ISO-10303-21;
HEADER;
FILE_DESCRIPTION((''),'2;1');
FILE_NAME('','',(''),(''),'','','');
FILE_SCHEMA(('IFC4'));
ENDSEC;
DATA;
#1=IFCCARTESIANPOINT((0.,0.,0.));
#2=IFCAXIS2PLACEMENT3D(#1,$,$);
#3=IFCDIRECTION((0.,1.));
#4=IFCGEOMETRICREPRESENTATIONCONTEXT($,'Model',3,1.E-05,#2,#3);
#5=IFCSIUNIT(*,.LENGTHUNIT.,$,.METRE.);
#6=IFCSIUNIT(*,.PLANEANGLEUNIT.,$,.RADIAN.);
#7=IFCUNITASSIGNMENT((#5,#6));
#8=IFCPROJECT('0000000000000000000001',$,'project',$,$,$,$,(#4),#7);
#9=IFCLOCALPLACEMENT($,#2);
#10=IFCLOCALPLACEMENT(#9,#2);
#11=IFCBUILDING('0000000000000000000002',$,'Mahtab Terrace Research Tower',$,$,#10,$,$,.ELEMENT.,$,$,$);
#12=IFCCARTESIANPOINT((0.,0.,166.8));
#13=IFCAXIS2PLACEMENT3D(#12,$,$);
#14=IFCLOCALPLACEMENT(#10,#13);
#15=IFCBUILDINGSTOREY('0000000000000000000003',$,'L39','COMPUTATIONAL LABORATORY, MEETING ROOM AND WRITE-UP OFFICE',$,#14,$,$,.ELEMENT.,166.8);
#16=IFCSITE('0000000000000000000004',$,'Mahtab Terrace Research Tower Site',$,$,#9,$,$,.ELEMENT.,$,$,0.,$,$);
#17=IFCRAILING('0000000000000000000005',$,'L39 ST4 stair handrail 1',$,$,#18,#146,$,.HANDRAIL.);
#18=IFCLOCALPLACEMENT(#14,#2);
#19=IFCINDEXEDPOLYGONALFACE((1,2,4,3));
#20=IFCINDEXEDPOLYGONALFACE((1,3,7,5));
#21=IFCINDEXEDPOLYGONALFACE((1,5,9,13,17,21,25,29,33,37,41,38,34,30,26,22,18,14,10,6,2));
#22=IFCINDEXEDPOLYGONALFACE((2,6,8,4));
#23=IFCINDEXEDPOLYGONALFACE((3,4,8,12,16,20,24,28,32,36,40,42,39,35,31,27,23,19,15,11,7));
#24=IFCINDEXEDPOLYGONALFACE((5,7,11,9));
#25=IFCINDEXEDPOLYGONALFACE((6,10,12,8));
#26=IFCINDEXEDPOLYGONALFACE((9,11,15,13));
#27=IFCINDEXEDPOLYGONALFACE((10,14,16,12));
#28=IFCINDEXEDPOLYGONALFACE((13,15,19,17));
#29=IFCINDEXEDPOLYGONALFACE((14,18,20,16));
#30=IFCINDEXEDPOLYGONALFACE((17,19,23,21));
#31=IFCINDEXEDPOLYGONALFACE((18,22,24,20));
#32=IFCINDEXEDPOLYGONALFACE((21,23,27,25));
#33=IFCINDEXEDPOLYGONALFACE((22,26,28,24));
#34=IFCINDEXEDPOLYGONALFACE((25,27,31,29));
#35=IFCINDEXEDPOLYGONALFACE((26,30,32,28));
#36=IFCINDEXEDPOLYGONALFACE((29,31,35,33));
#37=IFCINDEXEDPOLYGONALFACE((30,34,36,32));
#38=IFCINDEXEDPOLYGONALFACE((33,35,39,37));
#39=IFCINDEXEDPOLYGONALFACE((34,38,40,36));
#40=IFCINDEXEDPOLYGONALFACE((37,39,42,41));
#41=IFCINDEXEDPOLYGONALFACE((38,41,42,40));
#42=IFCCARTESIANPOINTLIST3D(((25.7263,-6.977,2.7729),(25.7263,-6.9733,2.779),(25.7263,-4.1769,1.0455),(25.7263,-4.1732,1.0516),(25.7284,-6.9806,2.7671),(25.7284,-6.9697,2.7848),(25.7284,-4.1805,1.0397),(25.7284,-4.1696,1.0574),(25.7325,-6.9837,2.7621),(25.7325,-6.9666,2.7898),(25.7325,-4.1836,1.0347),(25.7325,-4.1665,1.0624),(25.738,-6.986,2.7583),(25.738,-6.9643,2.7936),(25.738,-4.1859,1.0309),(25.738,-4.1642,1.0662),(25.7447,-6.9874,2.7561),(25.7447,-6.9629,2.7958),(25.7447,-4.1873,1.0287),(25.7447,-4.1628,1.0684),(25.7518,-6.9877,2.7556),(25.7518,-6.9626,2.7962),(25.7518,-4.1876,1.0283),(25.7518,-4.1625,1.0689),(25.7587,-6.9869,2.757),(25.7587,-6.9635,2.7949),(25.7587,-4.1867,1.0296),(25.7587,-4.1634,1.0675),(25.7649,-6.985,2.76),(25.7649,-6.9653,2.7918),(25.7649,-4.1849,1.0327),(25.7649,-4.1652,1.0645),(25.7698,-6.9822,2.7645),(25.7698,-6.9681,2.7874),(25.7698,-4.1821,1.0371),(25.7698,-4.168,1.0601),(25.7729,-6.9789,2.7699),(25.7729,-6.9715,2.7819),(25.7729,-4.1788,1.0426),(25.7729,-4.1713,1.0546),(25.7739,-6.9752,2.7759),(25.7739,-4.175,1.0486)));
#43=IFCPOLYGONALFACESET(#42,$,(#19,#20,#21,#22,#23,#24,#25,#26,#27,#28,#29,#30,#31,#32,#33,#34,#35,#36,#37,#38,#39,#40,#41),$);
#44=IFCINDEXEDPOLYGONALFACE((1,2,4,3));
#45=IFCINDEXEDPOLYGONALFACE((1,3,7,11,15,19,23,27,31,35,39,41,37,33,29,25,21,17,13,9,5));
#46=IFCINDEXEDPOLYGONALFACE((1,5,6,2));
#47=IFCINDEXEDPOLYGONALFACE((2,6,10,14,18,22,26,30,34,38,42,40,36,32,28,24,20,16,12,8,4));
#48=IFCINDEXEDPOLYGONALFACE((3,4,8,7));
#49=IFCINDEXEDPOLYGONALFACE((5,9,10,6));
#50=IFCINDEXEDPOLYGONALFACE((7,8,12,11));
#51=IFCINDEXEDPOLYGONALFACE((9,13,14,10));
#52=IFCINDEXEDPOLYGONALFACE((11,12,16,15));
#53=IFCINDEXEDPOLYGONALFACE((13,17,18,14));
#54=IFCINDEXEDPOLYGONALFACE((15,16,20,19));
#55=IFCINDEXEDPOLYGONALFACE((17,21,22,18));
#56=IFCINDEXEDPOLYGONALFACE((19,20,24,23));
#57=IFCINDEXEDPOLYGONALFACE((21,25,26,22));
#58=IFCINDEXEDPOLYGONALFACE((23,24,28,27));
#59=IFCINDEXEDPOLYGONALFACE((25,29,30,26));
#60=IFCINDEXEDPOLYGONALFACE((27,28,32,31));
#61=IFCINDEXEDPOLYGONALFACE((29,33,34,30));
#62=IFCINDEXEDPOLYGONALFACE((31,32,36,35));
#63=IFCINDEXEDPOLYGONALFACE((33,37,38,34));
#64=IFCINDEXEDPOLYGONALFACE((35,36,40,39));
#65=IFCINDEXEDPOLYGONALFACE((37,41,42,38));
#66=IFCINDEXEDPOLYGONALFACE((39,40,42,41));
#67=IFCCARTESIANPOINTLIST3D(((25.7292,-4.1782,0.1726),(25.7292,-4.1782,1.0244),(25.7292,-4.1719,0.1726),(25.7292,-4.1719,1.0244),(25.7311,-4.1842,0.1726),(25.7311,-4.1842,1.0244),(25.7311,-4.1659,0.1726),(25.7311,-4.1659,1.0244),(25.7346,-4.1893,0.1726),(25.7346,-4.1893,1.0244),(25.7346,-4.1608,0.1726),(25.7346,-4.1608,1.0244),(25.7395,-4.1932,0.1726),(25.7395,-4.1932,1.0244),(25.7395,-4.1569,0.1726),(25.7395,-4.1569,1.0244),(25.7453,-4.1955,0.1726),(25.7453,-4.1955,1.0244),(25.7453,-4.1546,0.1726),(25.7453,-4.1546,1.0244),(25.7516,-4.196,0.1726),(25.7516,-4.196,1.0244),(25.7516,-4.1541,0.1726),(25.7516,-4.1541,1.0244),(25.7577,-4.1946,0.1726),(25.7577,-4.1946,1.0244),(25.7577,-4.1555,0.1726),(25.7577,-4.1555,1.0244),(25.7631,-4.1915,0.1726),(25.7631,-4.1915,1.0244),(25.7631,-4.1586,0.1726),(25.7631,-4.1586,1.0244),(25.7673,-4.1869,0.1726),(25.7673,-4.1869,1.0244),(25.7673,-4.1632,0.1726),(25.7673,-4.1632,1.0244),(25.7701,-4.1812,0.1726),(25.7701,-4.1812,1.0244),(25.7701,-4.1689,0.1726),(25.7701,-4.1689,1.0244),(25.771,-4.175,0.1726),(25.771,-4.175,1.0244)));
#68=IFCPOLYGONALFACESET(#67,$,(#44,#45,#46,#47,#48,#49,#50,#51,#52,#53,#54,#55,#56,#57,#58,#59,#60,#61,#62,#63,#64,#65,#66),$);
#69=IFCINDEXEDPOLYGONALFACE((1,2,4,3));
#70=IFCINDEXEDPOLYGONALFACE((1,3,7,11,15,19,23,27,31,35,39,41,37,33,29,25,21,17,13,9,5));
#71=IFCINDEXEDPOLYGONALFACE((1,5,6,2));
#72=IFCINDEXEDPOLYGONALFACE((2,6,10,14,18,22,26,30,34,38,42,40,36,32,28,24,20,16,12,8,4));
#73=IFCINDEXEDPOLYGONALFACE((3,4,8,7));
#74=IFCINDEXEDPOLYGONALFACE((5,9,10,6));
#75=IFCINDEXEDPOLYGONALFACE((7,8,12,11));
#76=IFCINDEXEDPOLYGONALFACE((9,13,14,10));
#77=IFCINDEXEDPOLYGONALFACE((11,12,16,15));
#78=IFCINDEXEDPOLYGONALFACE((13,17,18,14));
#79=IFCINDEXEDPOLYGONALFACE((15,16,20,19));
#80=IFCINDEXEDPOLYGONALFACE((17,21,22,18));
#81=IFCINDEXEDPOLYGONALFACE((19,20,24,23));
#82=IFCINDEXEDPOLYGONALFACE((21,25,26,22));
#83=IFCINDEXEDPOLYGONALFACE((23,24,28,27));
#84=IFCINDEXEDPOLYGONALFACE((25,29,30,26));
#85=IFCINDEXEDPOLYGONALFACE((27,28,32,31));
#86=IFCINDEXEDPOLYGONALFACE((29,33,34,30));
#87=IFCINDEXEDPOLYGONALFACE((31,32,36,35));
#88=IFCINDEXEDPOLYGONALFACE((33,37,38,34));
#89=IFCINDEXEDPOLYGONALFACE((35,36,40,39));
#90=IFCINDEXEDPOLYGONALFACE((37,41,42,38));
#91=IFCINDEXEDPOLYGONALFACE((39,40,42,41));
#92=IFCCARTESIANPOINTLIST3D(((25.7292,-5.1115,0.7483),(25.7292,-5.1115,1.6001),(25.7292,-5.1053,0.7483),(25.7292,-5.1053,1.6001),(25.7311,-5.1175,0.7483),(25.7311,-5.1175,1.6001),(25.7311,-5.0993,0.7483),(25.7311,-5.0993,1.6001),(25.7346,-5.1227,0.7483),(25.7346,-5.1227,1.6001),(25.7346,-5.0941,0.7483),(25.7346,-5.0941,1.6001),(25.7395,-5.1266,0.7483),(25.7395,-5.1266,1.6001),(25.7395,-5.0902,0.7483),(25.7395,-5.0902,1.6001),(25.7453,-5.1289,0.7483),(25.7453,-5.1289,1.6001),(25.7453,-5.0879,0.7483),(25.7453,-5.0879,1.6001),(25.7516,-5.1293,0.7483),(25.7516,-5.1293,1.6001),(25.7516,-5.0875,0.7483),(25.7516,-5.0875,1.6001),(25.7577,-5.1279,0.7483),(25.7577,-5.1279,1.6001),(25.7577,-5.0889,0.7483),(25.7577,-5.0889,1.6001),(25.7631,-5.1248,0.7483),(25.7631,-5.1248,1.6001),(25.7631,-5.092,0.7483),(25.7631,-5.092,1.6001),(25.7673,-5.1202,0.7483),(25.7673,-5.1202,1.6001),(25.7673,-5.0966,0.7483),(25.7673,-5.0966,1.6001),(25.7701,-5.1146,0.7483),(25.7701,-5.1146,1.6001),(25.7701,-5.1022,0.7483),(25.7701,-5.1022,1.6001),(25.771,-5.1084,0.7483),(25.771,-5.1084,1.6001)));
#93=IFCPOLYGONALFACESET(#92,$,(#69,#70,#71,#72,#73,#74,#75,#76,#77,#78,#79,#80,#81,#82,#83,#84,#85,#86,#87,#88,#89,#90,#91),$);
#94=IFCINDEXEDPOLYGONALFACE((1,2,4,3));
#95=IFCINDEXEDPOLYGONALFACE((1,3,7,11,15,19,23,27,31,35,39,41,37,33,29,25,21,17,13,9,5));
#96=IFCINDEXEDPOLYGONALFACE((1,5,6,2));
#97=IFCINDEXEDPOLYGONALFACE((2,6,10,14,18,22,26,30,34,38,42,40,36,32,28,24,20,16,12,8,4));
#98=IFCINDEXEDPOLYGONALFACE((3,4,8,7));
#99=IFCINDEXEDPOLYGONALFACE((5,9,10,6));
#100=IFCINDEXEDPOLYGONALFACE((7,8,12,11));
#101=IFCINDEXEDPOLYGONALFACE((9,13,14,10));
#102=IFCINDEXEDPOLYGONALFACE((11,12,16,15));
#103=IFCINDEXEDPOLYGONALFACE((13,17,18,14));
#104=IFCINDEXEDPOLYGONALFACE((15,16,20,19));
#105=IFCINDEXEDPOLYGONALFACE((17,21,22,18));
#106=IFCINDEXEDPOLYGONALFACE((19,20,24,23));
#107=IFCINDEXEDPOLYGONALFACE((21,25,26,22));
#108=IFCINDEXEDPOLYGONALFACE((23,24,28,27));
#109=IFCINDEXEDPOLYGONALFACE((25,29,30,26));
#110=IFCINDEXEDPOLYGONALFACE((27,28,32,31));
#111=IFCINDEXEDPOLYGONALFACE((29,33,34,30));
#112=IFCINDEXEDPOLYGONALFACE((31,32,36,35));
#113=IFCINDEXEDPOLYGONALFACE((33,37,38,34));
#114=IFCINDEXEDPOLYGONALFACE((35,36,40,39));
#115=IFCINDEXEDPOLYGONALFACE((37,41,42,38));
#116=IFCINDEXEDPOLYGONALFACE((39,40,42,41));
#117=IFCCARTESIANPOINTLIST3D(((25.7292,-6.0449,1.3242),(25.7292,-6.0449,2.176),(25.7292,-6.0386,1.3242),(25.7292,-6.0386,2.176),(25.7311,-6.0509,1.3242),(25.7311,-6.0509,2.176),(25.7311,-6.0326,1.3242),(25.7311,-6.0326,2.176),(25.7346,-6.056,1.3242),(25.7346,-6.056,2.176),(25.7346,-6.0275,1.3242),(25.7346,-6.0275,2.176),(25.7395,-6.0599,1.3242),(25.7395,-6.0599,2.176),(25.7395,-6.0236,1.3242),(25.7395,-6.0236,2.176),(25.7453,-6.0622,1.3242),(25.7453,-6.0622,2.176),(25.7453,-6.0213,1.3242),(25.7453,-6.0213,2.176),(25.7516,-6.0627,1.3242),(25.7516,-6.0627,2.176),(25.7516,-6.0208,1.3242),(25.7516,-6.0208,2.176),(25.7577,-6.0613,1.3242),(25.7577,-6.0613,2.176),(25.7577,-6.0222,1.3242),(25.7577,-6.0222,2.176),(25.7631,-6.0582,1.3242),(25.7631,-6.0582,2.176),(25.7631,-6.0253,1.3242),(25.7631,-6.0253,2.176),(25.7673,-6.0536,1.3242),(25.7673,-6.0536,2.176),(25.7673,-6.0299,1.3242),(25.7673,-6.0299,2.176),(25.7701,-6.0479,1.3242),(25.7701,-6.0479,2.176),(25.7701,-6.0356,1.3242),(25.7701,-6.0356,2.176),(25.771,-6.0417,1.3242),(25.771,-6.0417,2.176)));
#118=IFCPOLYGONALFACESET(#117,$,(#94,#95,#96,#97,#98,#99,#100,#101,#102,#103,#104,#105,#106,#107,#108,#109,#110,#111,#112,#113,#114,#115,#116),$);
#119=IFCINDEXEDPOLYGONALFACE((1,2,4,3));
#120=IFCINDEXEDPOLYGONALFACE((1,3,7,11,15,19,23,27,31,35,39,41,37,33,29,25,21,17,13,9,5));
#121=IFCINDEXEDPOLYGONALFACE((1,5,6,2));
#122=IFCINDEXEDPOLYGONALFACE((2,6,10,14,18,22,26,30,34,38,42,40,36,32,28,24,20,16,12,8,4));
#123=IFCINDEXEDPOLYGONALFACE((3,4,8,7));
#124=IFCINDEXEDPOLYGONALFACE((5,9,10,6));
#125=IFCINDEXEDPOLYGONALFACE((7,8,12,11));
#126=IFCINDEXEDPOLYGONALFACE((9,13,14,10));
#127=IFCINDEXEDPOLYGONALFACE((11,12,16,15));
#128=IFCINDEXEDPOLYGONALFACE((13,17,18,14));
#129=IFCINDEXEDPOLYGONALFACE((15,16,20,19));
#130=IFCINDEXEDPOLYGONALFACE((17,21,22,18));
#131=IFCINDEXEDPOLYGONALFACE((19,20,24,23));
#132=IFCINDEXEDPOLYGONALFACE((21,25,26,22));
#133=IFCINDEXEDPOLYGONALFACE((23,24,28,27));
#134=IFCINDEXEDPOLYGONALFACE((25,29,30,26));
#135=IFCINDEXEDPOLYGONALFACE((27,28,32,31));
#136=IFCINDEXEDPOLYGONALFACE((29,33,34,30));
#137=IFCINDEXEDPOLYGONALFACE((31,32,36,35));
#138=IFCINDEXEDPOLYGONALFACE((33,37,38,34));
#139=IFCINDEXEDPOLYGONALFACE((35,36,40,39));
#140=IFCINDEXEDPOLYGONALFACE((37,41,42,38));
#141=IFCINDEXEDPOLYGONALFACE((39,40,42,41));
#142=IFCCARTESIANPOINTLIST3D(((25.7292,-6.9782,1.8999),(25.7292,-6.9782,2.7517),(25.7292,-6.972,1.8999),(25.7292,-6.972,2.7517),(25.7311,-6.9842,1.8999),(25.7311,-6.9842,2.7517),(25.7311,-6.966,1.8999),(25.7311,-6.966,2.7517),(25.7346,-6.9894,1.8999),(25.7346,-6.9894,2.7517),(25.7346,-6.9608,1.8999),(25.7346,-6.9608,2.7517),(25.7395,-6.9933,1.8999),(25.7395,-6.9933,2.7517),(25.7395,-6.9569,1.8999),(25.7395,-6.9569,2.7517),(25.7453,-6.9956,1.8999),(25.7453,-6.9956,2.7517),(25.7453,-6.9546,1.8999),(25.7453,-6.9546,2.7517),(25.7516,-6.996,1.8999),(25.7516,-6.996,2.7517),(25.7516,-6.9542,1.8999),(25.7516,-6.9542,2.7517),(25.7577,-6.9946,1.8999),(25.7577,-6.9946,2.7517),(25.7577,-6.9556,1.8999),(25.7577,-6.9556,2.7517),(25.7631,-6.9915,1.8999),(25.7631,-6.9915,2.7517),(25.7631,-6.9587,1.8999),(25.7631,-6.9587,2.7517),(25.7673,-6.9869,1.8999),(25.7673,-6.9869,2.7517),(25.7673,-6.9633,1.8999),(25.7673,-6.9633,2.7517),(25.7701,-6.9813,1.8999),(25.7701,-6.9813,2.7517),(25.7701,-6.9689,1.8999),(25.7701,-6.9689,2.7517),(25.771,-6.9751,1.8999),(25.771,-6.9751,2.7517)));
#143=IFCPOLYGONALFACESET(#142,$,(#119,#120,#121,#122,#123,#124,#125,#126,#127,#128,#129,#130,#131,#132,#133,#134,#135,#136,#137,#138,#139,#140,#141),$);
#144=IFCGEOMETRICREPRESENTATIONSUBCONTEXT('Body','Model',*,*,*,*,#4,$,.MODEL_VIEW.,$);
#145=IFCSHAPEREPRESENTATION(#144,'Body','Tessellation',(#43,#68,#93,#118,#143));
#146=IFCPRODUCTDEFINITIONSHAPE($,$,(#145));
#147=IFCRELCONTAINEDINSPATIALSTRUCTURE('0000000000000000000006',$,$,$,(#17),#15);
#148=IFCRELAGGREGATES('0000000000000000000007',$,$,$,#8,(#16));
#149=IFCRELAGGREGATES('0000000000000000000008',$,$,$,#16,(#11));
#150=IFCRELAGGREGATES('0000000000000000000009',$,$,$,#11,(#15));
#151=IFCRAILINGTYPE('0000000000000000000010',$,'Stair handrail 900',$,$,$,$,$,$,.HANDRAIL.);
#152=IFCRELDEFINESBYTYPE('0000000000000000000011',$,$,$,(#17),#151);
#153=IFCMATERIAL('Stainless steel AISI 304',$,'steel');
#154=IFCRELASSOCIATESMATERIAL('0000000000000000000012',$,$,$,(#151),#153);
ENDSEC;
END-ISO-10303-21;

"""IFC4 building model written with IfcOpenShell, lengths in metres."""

from ifc_helpers import new_model, si_unit, direction, frame, origin, origin_2d, place, context, subcontext, project, spatial, circle, extrude, material, type_object, element, save


model = new_model("IFC4")

# Units and contexts
model_context = context("Model", 3, precision=1e-05, world=origin(), true_north=direction((0.0, 1.0)))
body_context = subcontext(model_context, "Body", "Model", "MODEL_VIEW")
ifc_project = project(units=[si_unit("LENGTHUNIT", "METRE"), si_unit("PLANEANGLEUNIT", "RADIAN")], contexts=[model_context])

# Site, building, storey
site_placement = place(None, origin())
site = spatial("IfcSite", under=ifc_project, at=site_placement, Name="Mahtab Terrace Research Tower Site", CompositionType="ELEMENT", RefElevation=0.0)
building_placement = place(site_placement, origin())
building = spatial("IfcBuilding", under=site, at=building_placement, Name="Mahtab Terrace Research Tower", CompositionType="ELEMENT")
storey_placement = place(building_placement, frame((0.0, 0.0, 166.8)))
storey = spatial("IfcBuildingStorey", under=building, at=storey_placement, Name="L39", Description="COMPUTATIONAL LABORATORY, MEETING ROOM AND WRITE-UP OFFICE", CompositionType="ELEMENT", Elevation=166.8)

# Railing
ifc_material_1 = material(Name="Stainless steel AISI 304", Category="steel")
railing_type_1 = type_object("IfcRailingType", Name="Stair handrail 900", PredefinedType="HANDRAIL", material=ifc_material_1)
railing_1_placement = place(storey_placement, frame((25.75, -4.175, 0.1726)))
element("IfcRailing", 1, at=railing_1_placement, inside=storey, type_object=railing_type_1, Name="L39 ST4 stair handrail 1", PredefinedType="HANDRAIL", context=body_context, shape_type="SweptSolid", body=[
    extrude(circle(Radius=0.0239, at=origin_2d()), frame((0.0, 0.0, 0.876), z_axis=(0.0, -0.85109, 0.52502), x_axis=(1.0, 0.0, 0.0)), (0.0, 0.0, 1.0), 3.29),
    extrude(circle(Radius=0.021, at=origin_2d()), origin(), (0.0, 0.0, 1.0), 0.8518),
    extrude(circle(Radius=0.021, at=origin_2d()), frame((0.0, -0.9333, 0.5757)), (0.0, 0.0, 1.0), 0.8518),
    extrude(circle(Radius=0.021, at=origin_2d()), frame((0.0, -1.8667, 1.1516)), (0.0, 0.0, 1.0), 0.8518),
    extrude(circle(Radius=0.021, at=origin_2d()), frame((0.0, -2.8, 1.7273)), (0.0, 0.0, 1.0), 0.8518),
])

save(model, "model.ifc")
